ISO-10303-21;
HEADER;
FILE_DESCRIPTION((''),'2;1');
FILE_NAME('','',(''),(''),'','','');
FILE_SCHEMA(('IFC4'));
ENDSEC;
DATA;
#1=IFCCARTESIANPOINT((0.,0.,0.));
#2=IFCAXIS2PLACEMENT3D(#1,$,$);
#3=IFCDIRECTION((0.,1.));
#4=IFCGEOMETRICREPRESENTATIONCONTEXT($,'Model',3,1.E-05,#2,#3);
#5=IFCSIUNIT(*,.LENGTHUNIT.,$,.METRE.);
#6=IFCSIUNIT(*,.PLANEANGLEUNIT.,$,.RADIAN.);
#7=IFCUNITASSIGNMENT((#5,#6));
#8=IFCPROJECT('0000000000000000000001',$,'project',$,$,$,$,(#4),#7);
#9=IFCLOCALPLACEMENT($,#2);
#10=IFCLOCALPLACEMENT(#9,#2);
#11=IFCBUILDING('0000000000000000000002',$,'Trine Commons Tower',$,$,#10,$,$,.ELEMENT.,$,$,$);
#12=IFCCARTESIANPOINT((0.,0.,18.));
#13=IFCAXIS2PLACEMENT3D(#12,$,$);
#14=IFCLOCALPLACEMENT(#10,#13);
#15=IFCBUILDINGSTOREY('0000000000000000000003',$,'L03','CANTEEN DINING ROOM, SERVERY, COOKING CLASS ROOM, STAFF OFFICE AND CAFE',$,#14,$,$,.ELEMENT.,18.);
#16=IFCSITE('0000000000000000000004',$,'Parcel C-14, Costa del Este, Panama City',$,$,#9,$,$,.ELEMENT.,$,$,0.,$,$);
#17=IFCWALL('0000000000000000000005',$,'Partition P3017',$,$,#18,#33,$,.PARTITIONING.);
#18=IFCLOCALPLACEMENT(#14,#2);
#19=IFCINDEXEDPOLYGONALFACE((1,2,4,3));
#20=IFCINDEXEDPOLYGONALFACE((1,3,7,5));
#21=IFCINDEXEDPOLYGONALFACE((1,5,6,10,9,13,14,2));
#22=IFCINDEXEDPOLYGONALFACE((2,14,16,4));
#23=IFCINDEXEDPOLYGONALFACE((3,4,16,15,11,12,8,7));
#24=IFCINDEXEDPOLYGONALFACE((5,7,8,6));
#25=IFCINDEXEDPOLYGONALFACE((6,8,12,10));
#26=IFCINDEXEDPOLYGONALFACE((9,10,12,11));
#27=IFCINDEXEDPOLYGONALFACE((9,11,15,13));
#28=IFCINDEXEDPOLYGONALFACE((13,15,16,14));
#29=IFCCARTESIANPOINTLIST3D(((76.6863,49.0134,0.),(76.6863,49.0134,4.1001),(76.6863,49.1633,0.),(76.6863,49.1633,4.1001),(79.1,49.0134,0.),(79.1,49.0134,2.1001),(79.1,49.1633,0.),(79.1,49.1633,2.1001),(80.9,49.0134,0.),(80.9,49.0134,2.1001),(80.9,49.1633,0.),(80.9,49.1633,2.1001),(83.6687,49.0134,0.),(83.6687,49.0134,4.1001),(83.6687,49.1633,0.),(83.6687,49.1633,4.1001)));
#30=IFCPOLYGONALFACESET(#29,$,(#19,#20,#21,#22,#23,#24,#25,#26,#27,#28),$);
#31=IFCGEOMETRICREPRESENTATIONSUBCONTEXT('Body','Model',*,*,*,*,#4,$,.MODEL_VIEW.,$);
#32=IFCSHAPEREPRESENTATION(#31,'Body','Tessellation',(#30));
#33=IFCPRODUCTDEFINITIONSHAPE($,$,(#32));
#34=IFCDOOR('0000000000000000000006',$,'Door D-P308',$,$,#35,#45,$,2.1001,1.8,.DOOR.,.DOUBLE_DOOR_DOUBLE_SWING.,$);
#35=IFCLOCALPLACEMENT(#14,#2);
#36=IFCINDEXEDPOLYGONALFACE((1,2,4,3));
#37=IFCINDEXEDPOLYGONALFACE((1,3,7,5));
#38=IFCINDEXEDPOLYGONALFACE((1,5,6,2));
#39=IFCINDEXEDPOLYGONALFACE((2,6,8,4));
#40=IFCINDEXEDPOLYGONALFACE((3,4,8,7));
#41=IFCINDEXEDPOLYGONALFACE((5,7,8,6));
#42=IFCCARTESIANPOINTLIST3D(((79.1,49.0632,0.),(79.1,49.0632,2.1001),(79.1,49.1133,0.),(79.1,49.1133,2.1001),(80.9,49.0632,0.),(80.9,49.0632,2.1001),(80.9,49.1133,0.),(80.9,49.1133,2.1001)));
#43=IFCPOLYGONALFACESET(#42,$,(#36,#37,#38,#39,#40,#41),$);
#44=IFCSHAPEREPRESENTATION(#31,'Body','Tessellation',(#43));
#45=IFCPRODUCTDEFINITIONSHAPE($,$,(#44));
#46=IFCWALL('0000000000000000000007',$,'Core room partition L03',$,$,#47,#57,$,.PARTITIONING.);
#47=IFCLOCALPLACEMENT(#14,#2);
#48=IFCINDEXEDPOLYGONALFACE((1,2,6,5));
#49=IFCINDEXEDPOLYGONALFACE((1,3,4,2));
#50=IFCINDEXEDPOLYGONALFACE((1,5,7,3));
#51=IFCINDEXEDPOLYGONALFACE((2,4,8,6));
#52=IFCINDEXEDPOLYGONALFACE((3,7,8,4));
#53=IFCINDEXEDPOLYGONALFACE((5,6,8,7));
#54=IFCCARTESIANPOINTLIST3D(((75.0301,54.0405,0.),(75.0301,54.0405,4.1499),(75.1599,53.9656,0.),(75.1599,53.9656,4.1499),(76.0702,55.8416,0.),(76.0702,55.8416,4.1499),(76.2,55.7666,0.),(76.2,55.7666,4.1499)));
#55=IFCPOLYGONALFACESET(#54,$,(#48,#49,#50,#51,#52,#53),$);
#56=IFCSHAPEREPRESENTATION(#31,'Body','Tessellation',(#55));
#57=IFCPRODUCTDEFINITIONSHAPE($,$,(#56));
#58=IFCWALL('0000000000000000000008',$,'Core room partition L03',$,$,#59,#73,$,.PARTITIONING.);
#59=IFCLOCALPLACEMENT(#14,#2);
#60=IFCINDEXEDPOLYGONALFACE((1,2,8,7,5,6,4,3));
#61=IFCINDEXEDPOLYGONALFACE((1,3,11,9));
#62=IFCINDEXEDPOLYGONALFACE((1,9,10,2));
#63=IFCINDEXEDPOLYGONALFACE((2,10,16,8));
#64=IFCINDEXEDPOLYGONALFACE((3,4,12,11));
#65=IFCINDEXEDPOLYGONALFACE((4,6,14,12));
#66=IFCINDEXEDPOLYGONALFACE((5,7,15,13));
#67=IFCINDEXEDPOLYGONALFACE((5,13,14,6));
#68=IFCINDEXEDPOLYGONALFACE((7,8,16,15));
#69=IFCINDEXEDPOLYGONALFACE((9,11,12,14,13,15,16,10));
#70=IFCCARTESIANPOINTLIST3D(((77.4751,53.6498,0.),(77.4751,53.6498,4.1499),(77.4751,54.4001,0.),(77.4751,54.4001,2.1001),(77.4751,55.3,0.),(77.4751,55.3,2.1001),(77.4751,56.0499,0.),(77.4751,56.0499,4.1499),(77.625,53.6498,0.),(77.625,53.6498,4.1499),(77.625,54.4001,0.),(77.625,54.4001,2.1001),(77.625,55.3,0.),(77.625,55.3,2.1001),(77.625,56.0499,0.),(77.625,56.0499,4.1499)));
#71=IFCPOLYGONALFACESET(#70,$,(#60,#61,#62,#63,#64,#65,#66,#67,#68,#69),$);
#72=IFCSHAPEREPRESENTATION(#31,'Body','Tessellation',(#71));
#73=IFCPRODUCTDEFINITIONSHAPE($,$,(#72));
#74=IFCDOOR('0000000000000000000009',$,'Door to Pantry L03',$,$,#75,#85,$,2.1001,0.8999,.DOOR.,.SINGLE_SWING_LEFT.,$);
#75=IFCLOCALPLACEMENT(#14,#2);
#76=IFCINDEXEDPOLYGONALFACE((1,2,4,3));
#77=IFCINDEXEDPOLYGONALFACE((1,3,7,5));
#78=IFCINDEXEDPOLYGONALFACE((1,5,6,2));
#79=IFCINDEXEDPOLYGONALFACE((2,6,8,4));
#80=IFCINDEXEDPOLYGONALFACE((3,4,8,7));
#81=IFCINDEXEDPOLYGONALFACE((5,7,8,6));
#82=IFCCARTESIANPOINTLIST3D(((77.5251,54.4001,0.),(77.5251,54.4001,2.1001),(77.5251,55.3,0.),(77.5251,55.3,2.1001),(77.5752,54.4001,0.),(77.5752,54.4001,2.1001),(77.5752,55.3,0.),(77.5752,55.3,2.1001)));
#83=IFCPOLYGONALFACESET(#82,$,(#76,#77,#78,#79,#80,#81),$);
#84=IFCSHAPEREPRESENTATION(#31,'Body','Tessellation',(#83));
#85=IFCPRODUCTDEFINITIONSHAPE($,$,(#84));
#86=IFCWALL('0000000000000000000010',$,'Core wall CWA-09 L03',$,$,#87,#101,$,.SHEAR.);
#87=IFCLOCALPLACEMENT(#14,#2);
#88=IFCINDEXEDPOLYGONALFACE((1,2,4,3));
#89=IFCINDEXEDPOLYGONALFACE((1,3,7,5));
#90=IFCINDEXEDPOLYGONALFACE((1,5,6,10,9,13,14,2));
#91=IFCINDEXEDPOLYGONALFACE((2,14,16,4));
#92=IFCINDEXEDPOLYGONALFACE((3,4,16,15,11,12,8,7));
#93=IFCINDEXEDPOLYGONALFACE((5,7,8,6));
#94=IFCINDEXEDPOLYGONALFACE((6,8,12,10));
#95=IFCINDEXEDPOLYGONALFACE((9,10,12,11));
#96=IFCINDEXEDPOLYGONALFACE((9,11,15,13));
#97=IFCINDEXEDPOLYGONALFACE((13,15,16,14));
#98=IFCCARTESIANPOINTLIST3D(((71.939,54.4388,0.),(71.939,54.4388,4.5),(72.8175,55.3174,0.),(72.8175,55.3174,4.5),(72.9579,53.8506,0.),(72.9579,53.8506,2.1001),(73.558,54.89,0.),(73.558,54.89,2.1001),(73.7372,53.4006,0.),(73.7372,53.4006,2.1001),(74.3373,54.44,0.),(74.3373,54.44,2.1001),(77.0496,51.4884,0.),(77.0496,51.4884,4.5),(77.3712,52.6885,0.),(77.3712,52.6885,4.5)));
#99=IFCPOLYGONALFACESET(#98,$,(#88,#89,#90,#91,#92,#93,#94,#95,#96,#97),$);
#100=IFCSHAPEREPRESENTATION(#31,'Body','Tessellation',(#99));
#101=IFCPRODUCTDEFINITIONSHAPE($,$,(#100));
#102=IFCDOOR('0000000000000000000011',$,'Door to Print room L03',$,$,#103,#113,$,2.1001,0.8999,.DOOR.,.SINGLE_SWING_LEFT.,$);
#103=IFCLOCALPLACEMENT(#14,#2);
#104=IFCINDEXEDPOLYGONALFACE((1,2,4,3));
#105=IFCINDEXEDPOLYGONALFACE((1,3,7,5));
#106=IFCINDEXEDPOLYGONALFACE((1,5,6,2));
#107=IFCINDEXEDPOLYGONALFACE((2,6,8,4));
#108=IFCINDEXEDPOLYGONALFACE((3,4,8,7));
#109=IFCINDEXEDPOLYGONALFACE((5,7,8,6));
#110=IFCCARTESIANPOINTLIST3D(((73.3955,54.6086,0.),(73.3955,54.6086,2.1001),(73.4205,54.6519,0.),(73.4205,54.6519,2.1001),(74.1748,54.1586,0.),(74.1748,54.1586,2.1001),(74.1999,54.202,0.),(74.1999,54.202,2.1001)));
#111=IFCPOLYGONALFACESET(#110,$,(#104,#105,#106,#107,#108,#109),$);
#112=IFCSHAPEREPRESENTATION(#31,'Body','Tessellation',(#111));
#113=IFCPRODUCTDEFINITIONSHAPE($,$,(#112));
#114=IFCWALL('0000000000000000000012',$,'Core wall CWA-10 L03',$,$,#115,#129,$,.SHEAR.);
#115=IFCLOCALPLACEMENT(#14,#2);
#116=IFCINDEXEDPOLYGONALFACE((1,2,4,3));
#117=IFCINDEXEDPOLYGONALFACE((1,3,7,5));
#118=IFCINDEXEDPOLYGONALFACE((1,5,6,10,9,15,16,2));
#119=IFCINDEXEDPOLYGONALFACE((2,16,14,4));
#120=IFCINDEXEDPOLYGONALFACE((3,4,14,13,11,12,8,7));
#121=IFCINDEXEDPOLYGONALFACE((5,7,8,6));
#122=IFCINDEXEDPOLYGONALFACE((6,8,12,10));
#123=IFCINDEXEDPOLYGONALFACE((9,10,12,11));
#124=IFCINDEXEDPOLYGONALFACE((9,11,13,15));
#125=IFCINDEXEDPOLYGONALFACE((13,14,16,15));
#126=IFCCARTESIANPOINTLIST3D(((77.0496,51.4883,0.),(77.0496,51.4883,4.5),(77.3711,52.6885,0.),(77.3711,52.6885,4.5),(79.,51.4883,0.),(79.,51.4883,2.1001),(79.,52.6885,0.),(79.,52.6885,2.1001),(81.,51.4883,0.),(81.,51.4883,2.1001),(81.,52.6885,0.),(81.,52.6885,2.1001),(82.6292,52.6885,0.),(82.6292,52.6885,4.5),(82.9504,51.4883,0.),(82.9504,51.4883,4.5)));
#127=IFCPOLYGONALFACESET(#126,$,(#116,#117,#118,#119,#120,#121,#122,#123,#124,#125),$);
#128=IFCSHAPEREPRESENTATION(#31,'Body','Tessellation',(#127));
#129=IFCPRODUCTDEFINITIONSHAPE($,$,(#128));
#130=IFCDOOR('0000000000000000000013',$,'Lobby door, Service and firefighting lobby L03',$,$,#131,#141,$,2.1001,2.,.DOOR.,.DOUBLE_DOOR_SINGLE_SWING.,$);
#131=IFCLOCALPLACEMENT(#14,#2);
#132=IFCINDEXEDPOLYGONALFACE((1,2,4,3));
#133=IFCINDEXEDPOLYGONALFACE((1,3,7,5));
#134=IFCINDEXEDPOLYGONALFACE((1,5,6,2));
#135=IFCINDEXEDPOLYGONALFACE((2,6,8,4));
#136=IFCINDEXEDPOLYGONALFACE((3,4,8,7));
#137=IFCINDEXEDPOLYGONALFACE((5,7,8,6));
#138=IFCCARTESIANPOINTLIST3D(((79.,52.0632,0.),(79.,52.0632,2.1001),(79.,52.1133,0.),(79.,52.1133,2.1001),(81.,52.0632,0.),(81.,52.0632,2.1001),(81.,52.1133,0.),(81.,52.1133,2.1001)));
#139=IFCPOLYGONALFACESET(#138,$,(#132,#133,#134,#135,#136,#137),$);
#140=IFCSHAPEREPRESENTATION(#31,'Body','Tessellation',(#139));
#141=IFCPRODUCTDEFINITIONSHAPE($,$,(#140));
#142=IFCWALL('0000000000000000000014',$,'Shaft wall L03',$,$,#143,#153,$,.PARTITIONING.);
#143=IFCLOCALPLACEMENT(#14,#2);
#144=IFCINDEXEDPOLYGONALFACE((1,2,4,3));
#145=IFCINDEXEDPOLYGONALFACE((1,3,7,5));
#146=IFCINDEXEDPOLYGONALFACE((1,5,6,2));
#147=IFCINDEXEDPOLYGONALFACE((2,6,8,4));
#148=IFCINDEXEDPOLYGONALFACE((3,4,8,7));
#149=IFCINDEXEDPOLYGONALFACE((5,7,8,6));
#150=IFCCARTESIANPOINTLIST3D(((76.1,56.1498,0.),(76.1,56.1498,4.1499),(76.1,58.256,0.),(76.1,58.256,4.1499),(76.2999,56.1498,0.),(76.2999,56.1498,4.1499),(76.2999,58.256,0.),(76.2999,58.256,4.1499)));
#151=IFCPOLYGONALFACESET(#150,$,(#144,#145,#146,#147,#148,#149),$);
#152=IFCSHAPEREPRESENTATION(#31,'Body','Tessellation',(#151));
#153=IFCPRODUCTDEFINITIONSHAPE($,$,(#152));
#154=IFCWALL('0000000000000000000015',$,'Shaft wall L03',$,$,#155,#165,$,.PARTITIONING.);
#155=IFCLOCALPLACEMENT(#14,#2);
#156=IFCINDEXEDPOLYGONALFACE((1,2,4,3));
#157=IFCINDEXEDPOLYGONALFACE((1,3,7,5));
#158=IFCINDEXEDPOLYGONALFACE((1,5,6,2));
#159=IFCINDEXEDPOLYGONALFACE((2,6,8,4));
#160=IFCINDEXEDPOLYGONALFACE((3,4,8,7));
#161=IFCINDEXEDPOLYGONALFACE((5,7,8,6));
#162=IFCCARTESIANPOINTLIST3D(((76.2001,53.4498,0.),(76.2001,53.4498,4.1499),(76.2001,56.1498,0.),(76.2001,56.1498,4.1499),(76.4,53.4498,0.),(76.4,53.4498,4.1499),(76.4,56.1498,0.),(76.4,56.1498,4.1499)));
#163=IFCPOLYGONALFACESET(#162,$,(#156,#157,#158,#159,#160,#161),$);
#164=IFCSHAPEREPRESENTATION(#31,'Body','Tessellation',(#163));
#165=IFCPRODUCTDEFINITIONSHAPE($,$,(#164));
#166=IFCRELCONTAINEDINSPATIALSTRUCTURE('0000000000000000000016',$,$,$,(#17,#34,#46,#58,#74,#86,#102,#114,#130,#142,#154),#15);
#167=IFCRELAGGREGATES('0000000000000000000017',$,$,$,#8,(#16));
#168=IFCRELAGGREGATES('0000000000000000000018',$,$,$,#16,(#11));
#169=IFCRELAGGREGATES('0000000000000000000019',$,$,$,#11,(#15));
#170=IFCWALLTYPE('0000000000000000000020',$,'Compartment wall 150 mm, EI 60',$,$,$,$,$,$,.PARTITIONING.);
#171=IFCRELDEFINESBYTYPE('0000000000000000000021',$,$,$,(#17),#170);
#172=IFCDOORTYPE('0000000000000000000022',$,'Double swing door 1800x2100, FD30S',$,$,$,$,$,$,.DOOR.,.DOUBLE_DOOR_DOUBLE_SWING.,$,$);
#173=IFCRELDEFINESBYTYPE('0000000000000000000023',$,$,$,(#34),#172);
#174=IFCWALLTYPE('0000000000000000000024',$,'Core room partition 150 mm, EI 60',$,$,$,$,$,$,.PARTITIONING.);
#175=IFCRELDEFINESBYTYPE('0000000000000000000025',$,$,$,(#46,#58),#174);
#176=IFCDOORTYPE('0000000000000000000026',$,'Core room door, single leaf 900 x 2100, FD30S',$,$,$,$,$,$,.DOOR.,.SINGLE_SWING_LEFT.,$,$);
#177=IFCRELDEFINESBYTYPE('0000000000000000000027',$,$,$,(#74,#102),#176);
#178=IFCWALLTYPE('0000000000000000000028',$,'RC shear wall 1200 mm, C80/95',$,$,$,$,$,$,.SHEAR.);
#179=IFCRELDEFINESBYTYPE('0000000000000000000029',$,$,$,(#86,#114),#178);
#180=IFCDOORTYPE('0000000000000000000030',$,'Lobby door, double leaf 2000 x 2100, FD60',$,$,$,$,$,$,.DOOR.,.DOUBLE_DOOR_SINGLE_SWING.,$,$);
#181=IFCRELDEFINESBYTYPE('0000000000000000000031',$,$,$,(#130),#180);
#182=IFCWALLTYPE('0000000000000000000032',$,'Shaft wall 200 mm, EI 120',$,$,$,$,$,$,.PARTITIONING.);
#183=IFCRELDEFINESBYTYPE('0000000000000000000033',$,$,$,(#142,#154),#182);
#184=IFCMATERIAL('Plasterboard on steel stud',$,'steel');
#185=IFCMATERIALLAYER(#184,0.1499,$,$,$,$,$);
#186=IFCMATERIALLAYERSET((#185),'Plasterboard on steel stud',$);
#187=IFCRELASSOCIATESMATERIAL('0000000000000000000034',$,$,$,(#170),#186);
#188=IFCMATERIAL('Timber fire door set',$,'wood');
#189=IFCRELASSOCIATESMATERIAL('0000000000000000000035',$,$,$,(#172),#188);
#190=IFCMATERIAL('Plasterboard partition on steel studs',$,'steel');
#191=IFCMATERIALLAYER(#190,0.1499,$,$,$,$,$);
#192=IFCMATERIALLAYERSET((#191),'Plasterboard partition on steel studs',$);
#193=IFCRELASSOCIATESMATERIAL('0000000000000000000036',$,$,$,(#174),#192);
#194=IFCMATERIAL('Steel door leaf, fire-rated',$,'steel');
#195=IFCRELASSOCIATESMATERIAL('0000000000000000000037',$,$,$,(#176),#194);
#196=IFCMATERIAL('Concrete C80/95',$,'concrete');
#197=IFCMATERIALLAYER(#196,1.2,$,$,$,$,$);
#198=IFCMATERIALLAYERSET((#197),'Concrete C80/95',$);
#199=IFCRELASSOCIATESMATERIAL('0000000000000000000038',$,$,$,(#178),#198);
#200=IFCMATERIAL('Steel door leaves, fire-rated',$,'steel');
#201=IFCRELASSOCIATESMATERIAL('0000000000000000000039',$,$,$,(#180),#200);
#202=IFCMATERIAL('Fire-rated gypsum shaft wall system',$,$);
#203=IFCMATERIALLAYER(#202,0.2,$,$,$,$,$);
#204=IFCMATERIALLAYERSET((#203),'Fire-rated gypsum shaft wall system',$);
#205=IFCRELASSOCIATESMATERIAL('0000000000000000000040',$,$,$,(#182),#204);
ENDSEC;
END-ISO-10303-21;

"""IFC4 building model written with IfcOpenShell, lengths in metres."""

from ifc_helpers import new_model, si_unit, direction, frame, frame_2d, origin, place, context, subcontext, project, spatial, polyline, rectangle, outline, extrude, material, layer, layer_set, type_object, element, fill, save


model = new_model("IFC4")

# Units and contexts
model_context = context("Model", 3, precision=1e-05, world=origin(), true_north=direction((0.0, 1.0)))
body_context = subcontext(model_context, "Body", "Model", "MODEL_VIEW")
ifc_project = project(units=[si_unit("LENGTHUNIT", "METRE"), si_unit("PLANEANGLEUNIT", "RADIAN")], contexts=[model_context])

# Site, building, storey
site_placement = place(None, origin())
site = spatial("IfcSite", under=ifc_project, at=site_placement, Name="Parcel C-14, Costa del Este, Panama City", CompositionType="ELEMENT", RefElevation=0.0)
building_placement = place(site_placement, origin())
building = spatial("IfcBuilding", under=site, at=building_placement, Name="Trine Commons Tower", CompositionType="ELEMENT")
storey_placement = place(building_placement, frame((0.0, 0.0, 18.0)))
storey = spatial("IfcBuildingStorey", under=building, at=storey_placement, Name="L03", Description="CANTEEN DINING ROOM, SERVERY, COOKING CLASS ROOM, STAFF OFFICE AND CAFE", CompositionType="ELEMENT", Elevation=18.0)

# Shared definitions
ifc_material_1 = material(Name="Concrete C80/95", Category="concrete")

# Shared definitions
ifc_material_2 = material(Name="Plasterboard on steel stud", Category="steel")
ifc_layer_1 = layer(ifc_material_2, 0.1499)
ifc_layer_set_1 = layer_set([ifc_layer_1], Name="Plasterboard on steel stud")
wall_type_1 = type_object("IfcWallType", Name="Compartment wall 150 mm, EI 60", PredefinedType="PARTITIONING", material=ifc_layer_set_1)

# Shared definitions
ifc_material_3 = material(Name="Timber fire door set", Category="wood")
door_type_1 = type_object("IfcDoorType", Name="Double swing door 1800x2100, FD30S", OperationType="DOUBLE_DOOR_DOUBLE_SWING", PredefinedType="DOOR", material=ifc_material_3)

# Wall, opening, door
wall_1_placement = place(storey_placement, frame((76.6863, 49.0884, 0.0), z_axis=(0.0, 0.0, 1.0), x_axis=(1.0, 0.0, 0.0)))
wall_1 = element("IfcWall", 1, at=wall_1_placement, inside=storey, type_object=wall_type_1, Name="Partition P3017", PredefinedType="PARTITIONING", context=body_context, shape_type="SweptSolid", body=[
    extrude(rectangle(XDim=6.9824, YDim=0.1499, at=frame_2d((3.4912, 0.0))), origin(), (0.0, 0.0, 1.0), 4.1001),
])
opening_1_placement = place(wall_1_placement, frame((2.4138, 0.0, 0.0)))
opening_1 = element("IfcOpeningElement", 2, at=opening_1_placement, cuts=wall_1, PredefinedType="OPENING", context=body_context, shape_type="SweptSolid", body=[
    extrude(rectangle(XDim=1.8, YDim=2.1001, at=frame_2d((0.8999, 1.05))), frame((0.0, 0.085, 0.0), z_axis=(0.0, -1.0, 0.0), x_axis=(1.0, 0.0, 0.0)), (0.0, 0.0, 1.0), 0.1699),
])
door_1_placement = place(opening_1_placement, origin())
door_1 = element("IfcDoor", 3, at=door_1_placement, inside=storey, type_object=door_type_1, Name="Door D-P308", OperationType="DOUBLE_DOOR_DOUBLE_SWING", OverallHeight=2.1001, OverallWidth=1.8, PredefinedType="DOOR", context=body_context, shape_type="SweptSolid", body=[
    extrude(rectangle(XDim=1.8, YDim=2.1001, at=frame_2d((0.8999, 1.05))), frame((0.0, 0.0249, 0.0), z_axis=(0.0, -1.0, 0.0), x_axis=(1.0, 0.0, 0.0)), (0.0, 0.0, 1.0), 0.05),
])
fill(opening_1, door_1)

# Wall
ifc_material_4 = material(Name="Plasterboard partition on steel studs", Category="steel")
ifc_layer_2 = layer(ifc_material_4, 0.1499)
ifc_layer_set_2 = layer_set([ifc_layer_2], Name="Plasterboard partition on steel studs")
wall_type_2 = type_object("IfcWallType", Name="Core room partition 150 mm, EI 60", PredefinedType="PARTITIONING", material=ifc_layer_set_2)
wall_2_placement = place(storey_placement, frame((75.095, 54.0029, 0.0), z_axis=(0.0, 0.0, 1.0), x_axis=(0.500078, 0.86598, 0.0)))
element("IfcWall", 4, at=wall_2_placement, inside=storey, type_object=wall_type_2, Name="Core room partition L03", PredefinedType="PARTITIONING", context=body_context, shape_type="SweptSolid", body=[
    extrude(rectangle(XDim=2.0798, YDim=0.1499, at=frame_2d((1.04, 0.0))), origin(), (0.0, 0.0, 1.0), 4.1499),
])

# Walls, openings, doors
wall_3_placement = place(storey_placement, frame((77.55, 56.05, 0.0), z_axis=(0.0, 0.0, 1.0), x_axis=(0.0, -1.0, 0.0)))
wall_3 = element("IfcWall", 5, at=wall_3_placement, inside=storey, type_object=wall_type_2, Name="Core room partition L03", PredefinedType="PARTITIONING", context=body_context, shape_type="SweptSolid", body=[
    extrude(rectangle(XDim=2.4001, YDim=0.1499, at=frame_2d((1.2002, 0.0))), origin(), (0.0, 0.0, 1.0), 4.1499),
])
opening_2_placement = place(wall_3_placement, frame((0.75, 0.0, 0.0)))
opening_2 = element("IfcOpeningElement", 6, at=opening_2_placement, cuts=wall_3, PredefinedType="OPENING", context=body_context, shape_type="SweptSolid", body=[
    extrude(rectangle(XDim=0.8999, YDim=2.1001, at=frame_2d((0.45, 1.05))), frame((0.0, 0.085, 0.0), z_axis=(0.0, -1.0, 0.0), x_axis=(1.0, 0.0, 0.0)), (0.0, 0.0, 1.0), 0.1699),
])
ifc_material_5 = material(Name="Steel door leaf, fire-rated", Category="steel")
door_type_2 = type_object("IfcDoorType", Name="Core room door, single leaf 900 x 2100, FD30S", OperationType="SINGLE_SWING_LEFT", PredefinedType="DOOR", material=ifc_material_5)
door_2_placement = place(opening_2_placement, frame((0.8999, 0.0, 0.0), z_axis=(0.0, 0.0, 1.0), x_axis=(-1.0, 0.0, 0.0)))
door_2 = element("IfcDoor", 7, at=door_2_placement, inside=storey, type_object=door_type_2, Name="Door to Pantry L03", OperationType="SINGLE_SWING_LEFT", OverallHeight=2.1001, OverallWidth=0.8999, PredefinedType="DOOR", context=body_context, shape_type="SweptSolid", body=[
    extrude(rectangle(XDim=0.8999, YDim=2.1001, at=frame_2d((0.45, 1.05))), frame((0.0, 0.0249, 0.0), z_axis=(0.0, -1.0, 0.0), x_axis=(1.0, 0.0, 0.0)), (0.0, 0.0, 1.0), 0.05),
])
fill(opening_2, door_2)
ifc_layer_3 = layer(ifc_material_1, 1.2)
ifc_layer_set_3 = layer_set([ifc_layer_3], Name="Concrete C80/95")
wall_type_3 = type_object("IfcWallType", Name="RC shear wall 1200 mm, C80/95", PredefinedType="SHEAR", material=ifc_layer_set_3)
wall_4_placement = place(storey_placement, frame((72.239, 54.9585, 0.0), z_axis=(0.0, 0.0, 1.0), x_axis=(0.866037, -0.499979, 0.0)))
wall_4 = element("IfcWall", 8, at=wall_4_placement, inside=storey, type_object=wall_type_3, Name="Core wall CWA-09 L03", PredefinedType="SHEAR", context=body_context, shape_type="SweptSolid", body=[
    extrude(outline(polyline([(0.0, -0.6001), (5.9011, -0.6001), (5.5796, 0.6001), (0.3215, 0.6001), (0.0, -0.6001)])), origin(), (0.0, 0.0, 1.0), 4.5),
])
opening_3_placement = place(wall_4_placement, frame((1.1765, 0.0, 0.0)))
opening_3 = element("IfcOpeningElement", 9, at=opening_3_placement, cuts=wall_4, PredefinedType="OPENING", context=body_context, shape_type="SweptSolid", body=[
    extrude(rectangle(XDim=0.8999, YDim=2.1001, at=frame_2d((0.45, 1.05))), frame((0.0, 0.6099, 0.0), z_axis=(0.0, -1.0, 0.0), x_axis=(1.0, 0.0, 0.0)), (0.0, 0.0, 1.0), 1.22),
])
door_3_placement = place(opening_3_placement, origin())
door_3 = element("IfcDoor", 10, at=door_3_placement, inside=storey, type_object=door_type_2, Name="Door to Print room L03", OperationType="SINGLE_SWING_LEFT", OverallHeight=2.1001, OverallWidth=0.8999, PredefinedType="DOOR", context=body_context, shape_type="SweptSolid", body=[
    extrude(rectangle(XDim=0.8999, YDim=2.1001, at=frame_2d((0.45, 1.05))), frame((0.0, 0.3252, 0.0), z_axis=(0.0, -1.0, 0.0), x_axis=(1.0, 0.0, 0.0)), (0.0, 0.0, 1.0), 0.05),
])
fill(opening_3, door_3)
wall_5_placement = place(storey_placement, frame((77.0496, 52.0884, 0.0), z_axis=(0.0, 0.0, 1.0), x_axis=(1.0, 0.0, 0.0)))
wall_5 = element("IfcWall", 11, at=wall_5_placement, inside=storey, type_object=wall_type_3, Name="Core wall CWA-10 L03", PredefinedType="SHEAR", context=body_context, shape_type="SweptSolid", body=[
    extrude(outline(polyline([(0.0, -0.6001), (5.9009, -0.6001), (5.5796, 0.6001), (0.3215, 0.6001), (0.0, -0.6001)])), origin(), (0.0, 0.0, 1.0), 4.5),
])
opening_4_placement = place(wall_5_placement, frame((1.9504, 0.0, 0.0)))
opening_4 = element("IfcOpeningElement", 12, at=opening_4_placement, cuts=wall_5, PredefinedType="OPENING", context=body_context, shape_type="SweptSolid", body=[
    extrude(rectangle(XDim=2.0, YDim=2.1001, at=frame_2d((1.0, 1.05))), frame((0.0, 0.6099, 0.0), z_axis=(0.0, -1.0, 0.0), x_axis=(1.0, 0.0, 0.0)), (0.0, 0.0, 1.0), 1.22),
])
ifc_material_6 = material(Name="Steel door leaves, fire-rated", Category="steel")
door_type_3 = type_object("IfcDoorType", Name="Lobby door, double leaf 2000 x 2100, FD60", OperationType="DOUBLE_DOOR_SINGLE_SWING", PredefinedType="DOOR", material=ifc_material_6)
door_4_placement = place(opening_4_placement, origin())
door_4 = element("IfcDoor", 13, at=door_4_placement, inside=storey, type_object=door_type_3, Name="Lobby door, Service and firefighting lobby L03", OperationType="DOUBLE_DOOR_SINGLE_SWING", OverallHeight=2.1001, OverallWidth=2.0, PredefinedType="DOOR", context=body_context, shape_type="SweptSolid", body=[
    extrude(rectangle(XDim=2.0, YDim=2.1001, at=frame_2d((1.0, 1.05))), frame((0.0, 0.0249, 0.0), z_axis=(0.0, -1.0, 0.0), x_axis=(1.0, 0.0, 0.0)), (0.0, 0.0, 1.0), 0.05),
])
fill(opening_4, door_4)

# Walls
ifc_material_7 = material(Name="Fire-rated gypsum shaft wall system")
ifc_layer_4 = layer(ifc_material_7, 0.2)
ifc_layer_set_4 = layer_set([ifc_layer_4], Name="Fire-rated gypsum shaft wall system")
wall_type_4 = type_object("IfcWallType", Name="Shaft wall 200 mm, EI 120", PredefinedType="PARTITIONING", material=ifc_layer_set_4)
wall_6_placement = place(storey_placement, frame((76.2, 58.2561, 0.0), z_axis=(0.0, 0.0, 1.0), x_axis=(0.0, -1.0, 0.0)))
element("IfcWall", 14, at=wall_6_placement, inside=storey, type_object=wall_type_4, Name="Shaft wall L03", PredefinedType="PARTITIONING", context=body_context, shape_type="SweptSolid", body=[
    extrude(rectangle(XDim=2.1062, YDim=0.2, at=frame_2d((1.0532, 0.0))), origin(), (0.0, 0.0, 1.0), 4.1499),
])
wall_7_placement = place(storey_placement, frame((76.3, 56.1499, 0.0), z_axis=(0.0, 0.0, 1.0), x_axis=(0.0, -1.0, 0.0)))
element("IfcWall", 15, at=wall_7_placement, inside=storey, type_object=wall_type_4, Name="Shaft wall L03", PredefinedType="PARTITIONING", context=body_context, shape_type="SweptSolid", body=[
    extrude(rectangle(XDim=2.7, YDim=0.2, at=frame_2d((1.3501, 0.0))), origin(), (0.0, 0.0, 1.0), 4.1499),
])

save(model, "model.ifc")
